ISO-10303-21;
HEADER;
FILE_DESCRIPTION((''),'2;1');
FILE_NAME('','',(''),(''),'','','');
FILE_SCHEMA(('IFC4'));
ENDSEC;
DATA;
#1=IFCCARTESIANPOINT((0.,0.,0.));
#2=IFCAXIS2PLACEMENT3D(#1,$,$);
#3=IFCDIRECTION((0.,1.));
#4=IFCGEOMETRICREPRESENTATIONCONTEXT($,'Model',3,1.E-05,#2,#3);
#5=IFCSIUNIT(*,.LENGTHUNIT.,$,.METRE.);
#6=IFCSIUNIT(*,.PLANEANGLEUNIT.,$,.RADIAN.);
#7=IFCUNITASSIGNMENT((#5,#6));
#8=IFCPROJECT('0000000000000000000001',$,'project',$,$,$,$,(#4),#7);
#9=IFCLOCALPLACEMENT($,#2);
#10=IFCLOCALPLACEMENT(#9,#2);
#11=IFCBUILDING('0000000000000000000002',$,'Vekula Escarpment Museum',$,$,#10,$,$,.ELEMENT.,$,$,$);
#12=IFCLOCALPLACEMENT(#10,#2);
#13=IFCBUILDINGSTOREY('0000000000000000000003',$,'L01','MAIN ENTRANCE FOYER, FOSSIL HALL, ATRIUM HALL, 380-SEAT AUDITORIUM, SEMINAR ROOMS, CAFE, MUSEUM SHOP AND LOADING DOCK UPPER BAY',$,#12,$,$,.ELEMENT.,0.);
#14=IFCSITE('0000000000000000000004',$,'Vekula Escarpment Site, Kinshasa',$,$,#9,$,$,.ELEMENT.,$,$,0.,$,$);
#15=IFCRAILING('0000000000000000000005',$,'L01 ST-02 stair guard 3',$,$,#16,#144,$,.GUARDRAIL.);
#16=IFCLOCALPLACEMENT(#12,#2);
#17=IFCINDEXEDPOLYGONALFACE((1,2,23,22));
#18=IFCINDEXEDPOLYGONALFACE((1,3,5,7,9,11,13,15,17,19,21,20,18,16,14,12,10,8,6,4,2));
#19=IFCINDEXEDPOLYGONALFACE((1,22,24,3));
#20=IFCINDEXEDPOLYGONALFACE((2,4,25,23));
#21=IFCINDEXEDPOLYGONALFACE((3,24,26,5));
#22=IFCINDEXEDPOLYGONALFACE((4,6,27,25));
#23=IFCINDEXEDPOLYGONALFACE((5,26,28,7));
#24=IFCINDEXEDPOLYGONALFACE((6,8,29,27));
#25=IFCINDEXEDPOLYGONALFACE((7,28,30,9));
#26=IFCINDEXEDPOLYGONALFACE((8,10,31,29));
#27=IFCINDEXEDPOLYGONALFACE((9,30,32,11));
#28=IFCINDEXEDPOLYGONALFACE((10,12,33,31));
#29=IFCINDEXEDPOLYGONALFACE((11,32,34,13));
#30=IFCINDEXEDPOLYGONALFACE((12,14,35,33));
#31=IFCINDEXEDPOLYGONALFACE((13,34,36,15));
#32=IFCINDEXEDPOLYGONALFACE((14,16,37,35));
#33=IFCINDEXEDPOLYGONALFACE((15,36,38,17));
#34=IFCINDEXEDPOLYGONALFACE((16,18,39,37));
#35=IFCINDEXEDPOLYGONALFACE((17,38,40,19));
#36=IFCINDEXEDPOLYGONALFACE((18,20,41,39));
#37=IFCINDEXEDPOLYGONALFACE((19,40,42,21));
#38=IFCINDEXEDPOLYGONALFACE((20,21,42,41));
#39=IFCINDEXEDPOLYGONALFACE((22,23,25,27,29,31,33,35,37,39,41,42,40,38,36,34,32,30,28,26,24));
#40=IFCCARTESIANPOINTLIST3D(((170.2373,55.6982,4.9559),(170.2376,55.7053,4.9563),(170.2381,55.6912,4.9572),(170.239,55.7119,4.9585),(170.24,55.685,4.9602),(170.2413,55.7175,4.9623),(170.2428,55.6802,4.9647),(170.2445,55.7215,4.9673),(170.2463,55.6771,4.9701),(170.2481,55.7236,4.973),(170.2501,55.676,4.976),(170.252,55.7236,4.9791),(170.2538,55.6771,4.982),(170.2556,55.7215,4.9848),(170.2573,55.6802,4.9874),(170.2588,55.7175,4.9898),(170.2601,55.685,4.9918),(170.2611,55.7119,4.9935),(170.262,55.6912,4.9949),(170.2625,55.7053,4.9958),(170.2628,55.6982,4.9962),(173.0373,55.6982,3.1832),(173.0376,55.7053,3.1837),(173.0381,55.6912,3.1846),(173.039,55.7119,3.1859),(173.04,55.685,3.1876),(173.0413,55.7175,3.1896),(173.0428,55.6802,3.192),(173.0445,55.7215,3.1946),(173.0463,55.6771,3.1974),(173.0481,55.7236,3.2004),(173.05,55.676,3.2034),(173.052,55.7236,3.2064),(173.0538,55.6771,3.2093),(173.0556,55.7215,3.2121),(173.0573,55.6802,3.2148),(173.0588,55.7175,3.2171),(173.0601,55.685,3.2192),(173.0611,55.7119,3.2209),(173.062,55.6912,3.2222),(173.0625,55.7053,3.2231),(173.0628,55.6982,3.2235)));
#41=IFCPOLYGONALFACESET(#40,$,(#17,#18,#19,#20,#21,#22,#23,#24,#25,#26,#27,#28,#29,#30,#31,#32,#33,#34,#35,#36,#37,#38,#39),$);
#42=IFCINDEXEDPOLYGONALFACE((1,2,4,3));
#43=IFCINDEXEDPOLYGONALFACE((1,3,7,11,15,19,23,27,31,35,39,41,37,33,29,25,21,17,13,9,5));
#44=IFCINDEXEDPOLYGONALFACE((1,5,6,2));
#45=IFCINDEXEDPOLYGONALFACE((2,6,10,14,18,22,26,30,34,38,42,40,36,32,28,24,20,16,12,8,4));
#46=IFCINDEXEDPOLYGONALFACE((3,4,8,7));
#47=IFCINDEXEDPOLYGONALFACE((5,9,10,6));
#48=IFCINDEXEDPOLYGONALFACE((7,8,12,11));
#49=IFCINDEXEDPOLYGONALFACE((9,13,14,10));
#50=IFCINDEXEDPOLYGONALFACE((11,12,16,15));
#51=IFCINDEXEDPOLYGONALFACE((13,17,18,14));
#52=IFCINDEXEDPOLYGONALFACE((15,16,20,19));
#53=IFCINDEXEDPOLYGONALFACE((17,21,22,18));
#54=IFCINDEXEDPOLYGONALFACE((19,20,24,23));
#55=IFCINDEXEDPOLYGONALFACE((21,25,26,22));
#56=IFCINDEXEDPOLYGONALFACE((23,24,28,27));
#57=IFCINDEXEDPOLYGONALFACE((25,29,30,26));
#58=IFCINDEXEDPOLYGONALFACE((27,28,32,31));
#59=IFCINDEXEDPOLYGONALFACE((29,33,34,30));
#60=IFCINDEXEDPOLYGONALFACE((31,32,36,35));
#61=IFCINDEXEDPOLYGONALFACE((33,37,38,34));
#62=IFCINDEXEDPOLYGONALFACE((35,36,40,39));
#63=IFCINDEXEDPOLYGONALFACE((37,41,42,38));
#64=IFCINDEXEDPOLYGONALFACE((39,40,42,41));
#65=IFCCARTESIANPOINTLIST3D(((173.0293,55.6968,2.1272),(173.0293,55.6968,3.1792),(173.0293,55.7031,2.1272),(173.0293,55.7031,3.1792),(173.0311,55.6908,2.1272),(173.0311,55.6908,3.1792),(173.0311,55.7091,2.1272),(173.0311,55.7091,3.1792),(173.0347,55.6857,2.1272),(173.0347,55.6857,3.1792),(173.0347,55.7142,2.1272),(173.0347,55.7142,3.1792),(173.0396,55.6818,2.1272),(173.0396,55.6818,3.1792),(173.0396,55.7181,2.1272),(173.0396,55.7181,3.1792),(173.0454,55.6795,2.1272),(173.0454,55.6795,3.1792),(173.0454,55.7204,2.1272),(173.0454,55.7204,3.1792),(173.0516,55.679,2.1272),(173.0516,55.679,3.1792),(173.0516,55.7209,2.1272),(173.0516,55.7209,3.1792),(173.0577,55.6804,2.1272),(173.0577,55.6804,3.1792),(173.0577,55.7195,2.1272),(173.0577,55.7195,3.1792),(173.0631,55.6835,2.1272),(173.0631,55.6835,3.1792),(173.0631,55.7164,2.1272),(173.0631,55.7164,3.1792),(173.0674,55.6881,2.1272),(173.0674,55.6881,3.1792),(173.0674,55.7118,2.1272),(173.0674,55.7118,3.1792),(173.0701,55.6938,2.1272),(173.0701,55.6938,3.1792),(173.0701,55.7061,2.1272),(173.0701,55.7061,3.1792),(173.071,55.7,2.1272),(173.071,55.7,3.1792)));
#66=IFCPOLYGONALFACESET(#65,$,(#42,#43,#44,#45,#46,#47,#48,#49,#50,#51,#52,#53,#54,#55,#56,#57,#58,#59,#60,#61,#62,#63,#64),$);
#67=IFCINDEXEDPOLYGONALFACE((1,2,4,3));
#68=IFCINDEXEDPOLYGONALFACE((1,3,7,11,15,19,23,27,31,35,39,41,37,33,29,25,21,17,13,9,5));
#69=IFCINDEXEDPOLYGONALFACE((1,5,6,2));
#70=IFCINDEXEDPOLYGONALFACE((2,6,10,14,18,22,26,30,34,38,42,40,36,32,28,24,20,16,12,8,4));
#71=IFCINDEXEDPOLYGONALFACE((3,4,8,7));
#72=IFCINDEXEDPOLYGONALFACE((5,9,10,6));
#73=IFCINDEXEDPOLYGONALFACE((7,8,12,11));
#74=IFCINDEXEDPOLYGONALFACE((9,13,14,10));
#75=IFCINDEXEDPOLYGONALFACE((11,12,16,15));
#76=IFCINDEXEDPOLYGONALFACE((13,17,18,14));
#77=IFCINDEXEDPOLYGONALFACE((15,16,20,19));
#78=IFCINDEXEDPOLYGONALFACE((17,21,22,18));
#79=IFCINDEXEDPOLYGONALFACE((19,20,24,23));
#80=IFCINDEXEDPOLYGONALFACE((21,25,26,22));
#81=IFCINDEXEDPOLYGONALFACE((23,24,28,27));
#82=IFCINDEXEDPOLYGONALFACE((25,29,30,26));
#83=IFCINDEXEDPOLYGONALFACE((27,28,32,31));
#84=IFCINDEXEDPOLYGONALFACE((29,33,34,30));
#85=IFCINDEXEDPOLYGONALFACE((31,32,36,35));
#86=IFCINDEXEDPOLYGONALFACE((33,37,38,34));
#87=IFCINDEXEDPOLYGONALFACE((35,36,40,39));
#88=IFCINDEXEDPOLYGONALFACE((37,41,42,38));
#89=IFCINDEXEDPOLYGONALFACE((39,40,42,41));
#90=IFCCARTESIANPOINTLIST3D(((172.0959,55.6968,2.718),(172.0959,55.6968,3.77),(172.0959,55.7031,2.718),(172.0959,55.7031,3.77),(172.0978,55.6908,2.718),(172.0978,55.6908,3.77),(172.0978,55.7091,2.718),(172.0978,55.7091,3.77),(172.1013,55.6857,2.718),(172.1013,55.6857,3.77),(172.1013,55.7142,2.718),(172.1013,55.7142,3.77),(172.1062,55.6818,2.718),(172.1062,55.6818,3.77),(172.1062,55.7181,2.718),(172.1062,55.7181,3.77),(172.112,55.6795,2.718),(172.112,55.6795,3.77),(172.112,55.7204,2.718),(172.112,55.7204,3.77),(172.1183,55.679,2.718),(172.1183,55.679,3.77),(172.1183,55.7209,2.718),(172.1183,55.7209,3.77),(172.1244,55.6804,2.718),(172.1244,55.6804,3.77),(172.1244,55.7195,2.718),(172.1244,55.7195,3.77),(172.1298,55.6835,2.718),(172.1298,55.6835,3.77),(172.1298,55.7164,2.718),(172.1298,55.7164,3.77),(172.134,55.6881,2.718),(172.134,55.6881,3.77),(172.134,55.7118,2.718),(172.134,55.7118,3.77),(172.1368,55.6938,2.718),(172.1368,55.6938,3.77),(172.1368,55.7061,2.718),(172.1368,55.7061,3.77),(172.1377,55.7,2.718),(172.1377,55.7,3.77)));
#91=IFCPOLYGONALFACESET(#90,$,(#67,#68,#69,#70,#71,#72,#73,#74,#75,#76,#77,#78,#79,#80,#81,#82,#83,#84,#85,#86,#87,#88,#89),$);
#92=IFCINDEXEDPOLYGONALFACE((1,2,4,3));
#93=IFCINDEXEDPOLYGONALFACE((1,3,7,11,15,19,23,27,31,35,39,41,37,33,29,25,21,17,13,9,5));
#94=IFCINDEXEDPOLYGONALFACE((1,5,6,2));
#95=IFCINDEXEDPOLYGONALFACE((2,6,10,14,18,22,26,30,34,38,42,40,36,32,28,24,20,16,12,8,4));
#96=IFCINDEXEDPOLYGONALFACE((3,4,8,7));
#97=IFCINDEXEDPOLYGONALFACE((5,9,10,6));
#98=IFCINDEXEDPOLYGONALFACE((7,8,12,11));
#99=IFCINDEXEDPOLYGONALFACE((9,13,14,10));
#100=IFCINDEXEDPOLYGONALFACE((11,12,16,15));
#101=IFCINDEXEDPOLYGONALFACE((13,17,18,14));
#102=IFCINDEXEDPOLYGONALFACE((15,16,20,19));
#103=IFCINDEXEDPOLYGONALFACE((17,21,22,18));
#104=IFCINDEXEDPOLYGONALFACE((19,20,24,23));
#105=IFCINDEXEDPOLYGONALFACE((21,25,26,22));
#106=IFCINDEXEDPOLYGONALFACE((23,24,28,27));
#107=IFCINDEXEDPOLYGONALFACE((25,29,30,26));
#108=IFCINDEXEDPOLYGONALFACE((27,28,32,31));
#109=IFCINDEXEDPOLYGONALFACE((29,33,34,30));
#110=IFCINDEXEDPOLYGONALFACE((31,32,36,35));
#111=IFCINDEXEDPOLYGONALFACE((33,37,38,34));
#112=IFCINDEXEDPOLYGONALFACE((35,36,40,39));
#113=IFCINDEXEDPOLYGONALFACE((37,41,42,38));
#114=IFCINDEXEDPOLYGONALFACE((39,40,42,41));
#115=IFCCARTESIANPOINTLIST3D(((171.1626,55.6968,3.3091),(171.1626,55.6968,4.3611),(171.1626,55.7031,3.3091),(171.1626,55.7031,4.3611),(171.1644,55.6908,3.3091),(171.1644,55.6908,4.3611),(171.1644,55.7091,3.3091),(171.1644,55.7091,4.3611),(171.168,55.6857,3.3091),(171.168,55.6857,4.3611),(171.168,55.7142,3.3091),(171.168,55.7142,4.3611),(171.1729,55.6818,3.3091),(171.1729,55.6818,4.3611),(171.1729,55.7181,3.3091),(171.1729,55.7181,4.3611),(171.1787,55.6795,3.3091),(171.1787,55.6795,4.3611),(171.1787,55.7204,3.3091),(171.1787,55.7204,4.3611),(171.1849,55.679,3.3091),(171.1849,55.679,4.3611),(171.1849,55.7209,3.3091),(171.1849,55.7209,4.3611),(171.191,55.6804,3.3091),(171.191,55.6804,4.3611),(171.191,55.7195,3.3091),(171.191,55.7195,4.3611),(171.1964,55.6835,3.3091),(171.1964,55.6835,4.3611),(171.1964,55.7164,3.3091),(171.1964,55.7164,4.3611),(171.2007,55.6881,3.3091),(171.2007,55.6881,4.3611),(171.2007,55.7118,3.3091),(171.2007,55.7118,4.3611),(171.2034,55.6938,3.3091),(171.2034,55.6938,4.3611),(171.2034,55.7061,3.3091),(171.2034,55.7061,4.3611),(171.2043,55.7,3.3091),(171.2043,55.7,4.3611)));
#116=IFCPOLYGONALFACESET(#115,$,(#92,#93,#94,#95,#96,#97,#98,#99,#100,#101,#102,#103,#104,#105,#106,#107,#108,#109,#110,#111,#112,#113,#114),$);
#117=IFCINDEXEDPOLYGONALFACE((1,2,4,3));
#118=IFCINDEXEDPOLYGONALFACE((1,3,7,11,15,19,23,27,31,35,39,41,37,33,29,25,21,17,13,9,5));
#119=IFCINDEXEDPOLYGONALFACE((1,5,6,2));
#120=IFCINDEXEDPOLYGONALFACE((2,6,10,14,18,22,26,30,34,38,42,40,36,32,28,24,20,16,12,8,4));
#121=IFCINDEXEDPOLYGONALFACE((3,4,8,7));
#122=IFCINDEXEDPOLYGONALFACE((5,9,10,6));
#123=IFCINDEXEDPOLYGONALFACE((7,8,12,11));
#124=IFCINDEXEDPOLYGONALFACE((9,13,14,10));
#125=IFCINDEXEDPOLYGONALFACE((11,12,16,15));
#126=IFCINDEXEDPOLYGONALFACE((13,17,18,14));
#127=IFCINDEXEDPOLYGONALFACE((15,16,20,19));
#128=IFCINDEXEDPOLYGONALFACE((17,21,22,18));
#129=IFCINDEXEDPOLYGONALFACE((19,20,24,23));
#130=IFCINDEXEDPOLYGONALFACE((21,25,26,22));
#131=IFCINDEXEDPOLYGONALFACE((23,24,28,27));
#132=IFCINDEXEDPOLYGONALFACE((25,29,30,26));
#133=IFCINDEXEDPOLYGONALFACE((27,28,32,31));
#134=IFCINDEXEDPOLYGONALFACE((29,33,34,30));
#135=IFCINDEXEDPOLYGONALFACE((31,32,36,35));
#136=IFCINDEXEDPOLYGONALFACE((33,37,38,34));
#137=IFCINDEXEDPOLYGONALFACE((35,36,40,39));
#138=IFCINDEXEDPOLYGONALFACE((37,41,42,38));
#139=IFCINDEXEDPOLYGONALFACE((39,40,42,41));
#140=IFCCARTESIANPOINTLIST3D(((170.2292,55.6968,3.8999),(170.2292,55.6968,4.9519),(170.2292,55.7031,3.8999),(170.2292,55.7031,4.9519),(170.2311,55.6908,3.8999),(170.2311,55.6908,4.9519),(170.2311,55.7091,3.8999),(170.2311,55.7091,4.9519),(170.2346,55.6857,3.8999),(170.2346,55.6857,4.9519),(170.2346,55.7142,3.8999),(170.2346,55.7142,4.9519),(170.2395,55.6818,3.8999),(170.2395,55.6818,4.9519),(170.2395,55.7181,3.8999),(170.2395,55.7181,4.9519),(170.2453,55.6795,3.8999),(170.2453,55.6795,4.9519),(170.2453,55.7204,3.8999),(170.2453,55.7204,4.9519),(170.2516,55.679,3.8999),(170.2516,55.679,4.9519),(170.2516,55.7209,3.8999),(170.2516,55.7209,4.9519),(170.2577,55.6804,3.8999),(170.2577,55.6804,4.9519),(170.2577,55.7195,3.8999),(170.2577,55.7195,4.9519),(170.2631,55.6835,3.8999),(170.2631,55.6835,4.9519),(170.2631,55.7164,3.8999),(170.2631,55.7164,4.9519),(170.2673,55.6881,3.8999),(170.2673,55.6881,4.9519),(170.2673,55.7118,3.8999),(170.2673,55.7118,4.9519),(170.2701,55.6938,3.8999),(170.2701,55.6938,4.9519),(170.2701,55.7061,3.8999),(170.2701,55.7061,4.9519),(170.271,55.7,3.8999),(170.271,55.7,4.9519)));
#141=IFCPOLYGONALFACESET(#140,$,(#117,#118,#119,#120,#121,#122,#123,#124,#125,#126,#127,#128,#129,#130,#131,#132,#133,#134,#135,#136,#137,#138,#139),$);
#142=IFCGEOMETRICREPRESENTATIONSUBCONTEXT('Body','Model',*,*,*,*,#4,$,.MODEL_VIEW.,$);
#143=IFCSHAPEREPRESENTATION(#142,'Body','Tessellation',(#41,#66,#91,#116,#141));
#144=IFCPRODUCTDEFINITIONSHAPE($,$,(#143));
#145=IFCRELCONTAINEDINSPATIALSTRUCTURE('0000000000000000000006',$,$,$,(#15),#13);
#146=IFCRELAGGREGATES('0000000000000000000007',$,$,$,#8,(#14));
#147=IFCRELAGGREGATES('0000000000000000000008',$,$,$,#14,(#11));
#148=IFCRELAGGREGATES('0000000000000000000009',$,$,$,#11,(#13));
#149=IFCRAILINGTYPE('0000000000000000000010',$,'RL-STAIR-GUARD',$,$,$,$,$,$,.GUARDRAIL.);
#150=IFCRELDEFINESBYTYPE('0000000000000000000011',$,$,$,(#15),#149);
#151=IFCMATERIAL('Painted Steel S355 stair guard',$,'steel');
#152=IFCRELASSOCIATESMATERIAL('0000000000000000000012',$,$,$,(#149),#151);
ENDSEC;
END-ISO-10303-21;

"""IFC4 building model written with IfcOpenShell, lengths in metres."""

from ifc_helpers import new_model, si_unit, direction, frame, origin, origin_2d, place, context, subcontext, project, spatial, circle, extrude, material, type_object, element, save


model = new_model("IFC4")

# Units and contexts
model_context = context("Model", 3, precision=1e-05, world=origin(), true_north=direction((0.0, 1.0)))
body_context = subcontext(model_context, "Body", "Model", "MODEL_VIEW")
ifc_project = project(units=[si_unit("LENGTHUNIT", "METRE"), si_unit("PLANEANGLEUNIT", "RADIAN")], contexts=[model_context])

# Site, building, storey
site_placement = place(None, origin())
site = spatial("IfcSite", under=ifc_project, at=site_placement, Name="Vekula Escarpment Site, Kinshasa", CompositionType="ELEMENT", RefElevation=0.0)
building_placement = place(site_placement, origin())
building = spatial("IfcBuilding", under=site, at=building_placement, Name="Vekula Escarpment Museum", CompositionType="ELEMENT")
storey_placement = place(building_placement, origin())
storey = spatial("IfcBuildingStorey", under=building, at=storey_placement, Name="L01", Description="MAIN ENTRANCE FOYER, FOSSIL HALL, ATRIUM HALL, 380-SEAT AUDITORIUM, SEMINAR ROOMS, CAFE, MUSEUM SHOP AND LOADING DOCK UPPER BAY", CompositionType="ELEMENT", Elevation=0.0)

# Railing
ifc_material_1 = material(Name="Painted Steel S355 stair guard", Category="steel")
railing_type_1 = type_object("IfcRailingType", Name="RL-STAIR-GUARD", PredefinedType="GUARDRAIL", material=ifc_material_1)
railing_1_placement = place(storey_placement, frame((173.05, 55.7, 2.1272)))
element("IfcRailing", 1, at=railing_1_placement, inside=storey, type_object=railing_type_1, Name="L01 ST-02 stair guard 3", PredefinedType="GUARDRAIL", context=body_context, shape_type="SweptSolid", body=[
    extrude(circle(Radius=0.0239, at=origin_2d()), frame((0.0, 0.0, 1.0762), z_axis=(-0.844909, 0.0, 0.53491), x_axis=(0.0, -1.0, 0.0)), (0.0, 0.0, 1.0), 3.314),
    extrude(circle(Radius=0.021, at=origin_2d()), origin(), (0.0, 0.0, 1.0), 1.052),
    extrude(circle(Radius=0.021, at=origin_2d()), frame((-0.9333, 0.0, 0.5908)), (0.0, 0.0, 1.0), 1.052),
    extrude(circle(Radius=0.021, at=origin_2d()), frame((-1.8667, 0.0, 1.1819)), (0.0, 0.0, 1.0), 1.052),
    extrude(circle(Radius=0.021, at=origin_2d()), frame((-2.8, 0.0, 1.7727)), (0.0, 0.0, 1.0), 1.052),
])

save(model, "model.ifc")
